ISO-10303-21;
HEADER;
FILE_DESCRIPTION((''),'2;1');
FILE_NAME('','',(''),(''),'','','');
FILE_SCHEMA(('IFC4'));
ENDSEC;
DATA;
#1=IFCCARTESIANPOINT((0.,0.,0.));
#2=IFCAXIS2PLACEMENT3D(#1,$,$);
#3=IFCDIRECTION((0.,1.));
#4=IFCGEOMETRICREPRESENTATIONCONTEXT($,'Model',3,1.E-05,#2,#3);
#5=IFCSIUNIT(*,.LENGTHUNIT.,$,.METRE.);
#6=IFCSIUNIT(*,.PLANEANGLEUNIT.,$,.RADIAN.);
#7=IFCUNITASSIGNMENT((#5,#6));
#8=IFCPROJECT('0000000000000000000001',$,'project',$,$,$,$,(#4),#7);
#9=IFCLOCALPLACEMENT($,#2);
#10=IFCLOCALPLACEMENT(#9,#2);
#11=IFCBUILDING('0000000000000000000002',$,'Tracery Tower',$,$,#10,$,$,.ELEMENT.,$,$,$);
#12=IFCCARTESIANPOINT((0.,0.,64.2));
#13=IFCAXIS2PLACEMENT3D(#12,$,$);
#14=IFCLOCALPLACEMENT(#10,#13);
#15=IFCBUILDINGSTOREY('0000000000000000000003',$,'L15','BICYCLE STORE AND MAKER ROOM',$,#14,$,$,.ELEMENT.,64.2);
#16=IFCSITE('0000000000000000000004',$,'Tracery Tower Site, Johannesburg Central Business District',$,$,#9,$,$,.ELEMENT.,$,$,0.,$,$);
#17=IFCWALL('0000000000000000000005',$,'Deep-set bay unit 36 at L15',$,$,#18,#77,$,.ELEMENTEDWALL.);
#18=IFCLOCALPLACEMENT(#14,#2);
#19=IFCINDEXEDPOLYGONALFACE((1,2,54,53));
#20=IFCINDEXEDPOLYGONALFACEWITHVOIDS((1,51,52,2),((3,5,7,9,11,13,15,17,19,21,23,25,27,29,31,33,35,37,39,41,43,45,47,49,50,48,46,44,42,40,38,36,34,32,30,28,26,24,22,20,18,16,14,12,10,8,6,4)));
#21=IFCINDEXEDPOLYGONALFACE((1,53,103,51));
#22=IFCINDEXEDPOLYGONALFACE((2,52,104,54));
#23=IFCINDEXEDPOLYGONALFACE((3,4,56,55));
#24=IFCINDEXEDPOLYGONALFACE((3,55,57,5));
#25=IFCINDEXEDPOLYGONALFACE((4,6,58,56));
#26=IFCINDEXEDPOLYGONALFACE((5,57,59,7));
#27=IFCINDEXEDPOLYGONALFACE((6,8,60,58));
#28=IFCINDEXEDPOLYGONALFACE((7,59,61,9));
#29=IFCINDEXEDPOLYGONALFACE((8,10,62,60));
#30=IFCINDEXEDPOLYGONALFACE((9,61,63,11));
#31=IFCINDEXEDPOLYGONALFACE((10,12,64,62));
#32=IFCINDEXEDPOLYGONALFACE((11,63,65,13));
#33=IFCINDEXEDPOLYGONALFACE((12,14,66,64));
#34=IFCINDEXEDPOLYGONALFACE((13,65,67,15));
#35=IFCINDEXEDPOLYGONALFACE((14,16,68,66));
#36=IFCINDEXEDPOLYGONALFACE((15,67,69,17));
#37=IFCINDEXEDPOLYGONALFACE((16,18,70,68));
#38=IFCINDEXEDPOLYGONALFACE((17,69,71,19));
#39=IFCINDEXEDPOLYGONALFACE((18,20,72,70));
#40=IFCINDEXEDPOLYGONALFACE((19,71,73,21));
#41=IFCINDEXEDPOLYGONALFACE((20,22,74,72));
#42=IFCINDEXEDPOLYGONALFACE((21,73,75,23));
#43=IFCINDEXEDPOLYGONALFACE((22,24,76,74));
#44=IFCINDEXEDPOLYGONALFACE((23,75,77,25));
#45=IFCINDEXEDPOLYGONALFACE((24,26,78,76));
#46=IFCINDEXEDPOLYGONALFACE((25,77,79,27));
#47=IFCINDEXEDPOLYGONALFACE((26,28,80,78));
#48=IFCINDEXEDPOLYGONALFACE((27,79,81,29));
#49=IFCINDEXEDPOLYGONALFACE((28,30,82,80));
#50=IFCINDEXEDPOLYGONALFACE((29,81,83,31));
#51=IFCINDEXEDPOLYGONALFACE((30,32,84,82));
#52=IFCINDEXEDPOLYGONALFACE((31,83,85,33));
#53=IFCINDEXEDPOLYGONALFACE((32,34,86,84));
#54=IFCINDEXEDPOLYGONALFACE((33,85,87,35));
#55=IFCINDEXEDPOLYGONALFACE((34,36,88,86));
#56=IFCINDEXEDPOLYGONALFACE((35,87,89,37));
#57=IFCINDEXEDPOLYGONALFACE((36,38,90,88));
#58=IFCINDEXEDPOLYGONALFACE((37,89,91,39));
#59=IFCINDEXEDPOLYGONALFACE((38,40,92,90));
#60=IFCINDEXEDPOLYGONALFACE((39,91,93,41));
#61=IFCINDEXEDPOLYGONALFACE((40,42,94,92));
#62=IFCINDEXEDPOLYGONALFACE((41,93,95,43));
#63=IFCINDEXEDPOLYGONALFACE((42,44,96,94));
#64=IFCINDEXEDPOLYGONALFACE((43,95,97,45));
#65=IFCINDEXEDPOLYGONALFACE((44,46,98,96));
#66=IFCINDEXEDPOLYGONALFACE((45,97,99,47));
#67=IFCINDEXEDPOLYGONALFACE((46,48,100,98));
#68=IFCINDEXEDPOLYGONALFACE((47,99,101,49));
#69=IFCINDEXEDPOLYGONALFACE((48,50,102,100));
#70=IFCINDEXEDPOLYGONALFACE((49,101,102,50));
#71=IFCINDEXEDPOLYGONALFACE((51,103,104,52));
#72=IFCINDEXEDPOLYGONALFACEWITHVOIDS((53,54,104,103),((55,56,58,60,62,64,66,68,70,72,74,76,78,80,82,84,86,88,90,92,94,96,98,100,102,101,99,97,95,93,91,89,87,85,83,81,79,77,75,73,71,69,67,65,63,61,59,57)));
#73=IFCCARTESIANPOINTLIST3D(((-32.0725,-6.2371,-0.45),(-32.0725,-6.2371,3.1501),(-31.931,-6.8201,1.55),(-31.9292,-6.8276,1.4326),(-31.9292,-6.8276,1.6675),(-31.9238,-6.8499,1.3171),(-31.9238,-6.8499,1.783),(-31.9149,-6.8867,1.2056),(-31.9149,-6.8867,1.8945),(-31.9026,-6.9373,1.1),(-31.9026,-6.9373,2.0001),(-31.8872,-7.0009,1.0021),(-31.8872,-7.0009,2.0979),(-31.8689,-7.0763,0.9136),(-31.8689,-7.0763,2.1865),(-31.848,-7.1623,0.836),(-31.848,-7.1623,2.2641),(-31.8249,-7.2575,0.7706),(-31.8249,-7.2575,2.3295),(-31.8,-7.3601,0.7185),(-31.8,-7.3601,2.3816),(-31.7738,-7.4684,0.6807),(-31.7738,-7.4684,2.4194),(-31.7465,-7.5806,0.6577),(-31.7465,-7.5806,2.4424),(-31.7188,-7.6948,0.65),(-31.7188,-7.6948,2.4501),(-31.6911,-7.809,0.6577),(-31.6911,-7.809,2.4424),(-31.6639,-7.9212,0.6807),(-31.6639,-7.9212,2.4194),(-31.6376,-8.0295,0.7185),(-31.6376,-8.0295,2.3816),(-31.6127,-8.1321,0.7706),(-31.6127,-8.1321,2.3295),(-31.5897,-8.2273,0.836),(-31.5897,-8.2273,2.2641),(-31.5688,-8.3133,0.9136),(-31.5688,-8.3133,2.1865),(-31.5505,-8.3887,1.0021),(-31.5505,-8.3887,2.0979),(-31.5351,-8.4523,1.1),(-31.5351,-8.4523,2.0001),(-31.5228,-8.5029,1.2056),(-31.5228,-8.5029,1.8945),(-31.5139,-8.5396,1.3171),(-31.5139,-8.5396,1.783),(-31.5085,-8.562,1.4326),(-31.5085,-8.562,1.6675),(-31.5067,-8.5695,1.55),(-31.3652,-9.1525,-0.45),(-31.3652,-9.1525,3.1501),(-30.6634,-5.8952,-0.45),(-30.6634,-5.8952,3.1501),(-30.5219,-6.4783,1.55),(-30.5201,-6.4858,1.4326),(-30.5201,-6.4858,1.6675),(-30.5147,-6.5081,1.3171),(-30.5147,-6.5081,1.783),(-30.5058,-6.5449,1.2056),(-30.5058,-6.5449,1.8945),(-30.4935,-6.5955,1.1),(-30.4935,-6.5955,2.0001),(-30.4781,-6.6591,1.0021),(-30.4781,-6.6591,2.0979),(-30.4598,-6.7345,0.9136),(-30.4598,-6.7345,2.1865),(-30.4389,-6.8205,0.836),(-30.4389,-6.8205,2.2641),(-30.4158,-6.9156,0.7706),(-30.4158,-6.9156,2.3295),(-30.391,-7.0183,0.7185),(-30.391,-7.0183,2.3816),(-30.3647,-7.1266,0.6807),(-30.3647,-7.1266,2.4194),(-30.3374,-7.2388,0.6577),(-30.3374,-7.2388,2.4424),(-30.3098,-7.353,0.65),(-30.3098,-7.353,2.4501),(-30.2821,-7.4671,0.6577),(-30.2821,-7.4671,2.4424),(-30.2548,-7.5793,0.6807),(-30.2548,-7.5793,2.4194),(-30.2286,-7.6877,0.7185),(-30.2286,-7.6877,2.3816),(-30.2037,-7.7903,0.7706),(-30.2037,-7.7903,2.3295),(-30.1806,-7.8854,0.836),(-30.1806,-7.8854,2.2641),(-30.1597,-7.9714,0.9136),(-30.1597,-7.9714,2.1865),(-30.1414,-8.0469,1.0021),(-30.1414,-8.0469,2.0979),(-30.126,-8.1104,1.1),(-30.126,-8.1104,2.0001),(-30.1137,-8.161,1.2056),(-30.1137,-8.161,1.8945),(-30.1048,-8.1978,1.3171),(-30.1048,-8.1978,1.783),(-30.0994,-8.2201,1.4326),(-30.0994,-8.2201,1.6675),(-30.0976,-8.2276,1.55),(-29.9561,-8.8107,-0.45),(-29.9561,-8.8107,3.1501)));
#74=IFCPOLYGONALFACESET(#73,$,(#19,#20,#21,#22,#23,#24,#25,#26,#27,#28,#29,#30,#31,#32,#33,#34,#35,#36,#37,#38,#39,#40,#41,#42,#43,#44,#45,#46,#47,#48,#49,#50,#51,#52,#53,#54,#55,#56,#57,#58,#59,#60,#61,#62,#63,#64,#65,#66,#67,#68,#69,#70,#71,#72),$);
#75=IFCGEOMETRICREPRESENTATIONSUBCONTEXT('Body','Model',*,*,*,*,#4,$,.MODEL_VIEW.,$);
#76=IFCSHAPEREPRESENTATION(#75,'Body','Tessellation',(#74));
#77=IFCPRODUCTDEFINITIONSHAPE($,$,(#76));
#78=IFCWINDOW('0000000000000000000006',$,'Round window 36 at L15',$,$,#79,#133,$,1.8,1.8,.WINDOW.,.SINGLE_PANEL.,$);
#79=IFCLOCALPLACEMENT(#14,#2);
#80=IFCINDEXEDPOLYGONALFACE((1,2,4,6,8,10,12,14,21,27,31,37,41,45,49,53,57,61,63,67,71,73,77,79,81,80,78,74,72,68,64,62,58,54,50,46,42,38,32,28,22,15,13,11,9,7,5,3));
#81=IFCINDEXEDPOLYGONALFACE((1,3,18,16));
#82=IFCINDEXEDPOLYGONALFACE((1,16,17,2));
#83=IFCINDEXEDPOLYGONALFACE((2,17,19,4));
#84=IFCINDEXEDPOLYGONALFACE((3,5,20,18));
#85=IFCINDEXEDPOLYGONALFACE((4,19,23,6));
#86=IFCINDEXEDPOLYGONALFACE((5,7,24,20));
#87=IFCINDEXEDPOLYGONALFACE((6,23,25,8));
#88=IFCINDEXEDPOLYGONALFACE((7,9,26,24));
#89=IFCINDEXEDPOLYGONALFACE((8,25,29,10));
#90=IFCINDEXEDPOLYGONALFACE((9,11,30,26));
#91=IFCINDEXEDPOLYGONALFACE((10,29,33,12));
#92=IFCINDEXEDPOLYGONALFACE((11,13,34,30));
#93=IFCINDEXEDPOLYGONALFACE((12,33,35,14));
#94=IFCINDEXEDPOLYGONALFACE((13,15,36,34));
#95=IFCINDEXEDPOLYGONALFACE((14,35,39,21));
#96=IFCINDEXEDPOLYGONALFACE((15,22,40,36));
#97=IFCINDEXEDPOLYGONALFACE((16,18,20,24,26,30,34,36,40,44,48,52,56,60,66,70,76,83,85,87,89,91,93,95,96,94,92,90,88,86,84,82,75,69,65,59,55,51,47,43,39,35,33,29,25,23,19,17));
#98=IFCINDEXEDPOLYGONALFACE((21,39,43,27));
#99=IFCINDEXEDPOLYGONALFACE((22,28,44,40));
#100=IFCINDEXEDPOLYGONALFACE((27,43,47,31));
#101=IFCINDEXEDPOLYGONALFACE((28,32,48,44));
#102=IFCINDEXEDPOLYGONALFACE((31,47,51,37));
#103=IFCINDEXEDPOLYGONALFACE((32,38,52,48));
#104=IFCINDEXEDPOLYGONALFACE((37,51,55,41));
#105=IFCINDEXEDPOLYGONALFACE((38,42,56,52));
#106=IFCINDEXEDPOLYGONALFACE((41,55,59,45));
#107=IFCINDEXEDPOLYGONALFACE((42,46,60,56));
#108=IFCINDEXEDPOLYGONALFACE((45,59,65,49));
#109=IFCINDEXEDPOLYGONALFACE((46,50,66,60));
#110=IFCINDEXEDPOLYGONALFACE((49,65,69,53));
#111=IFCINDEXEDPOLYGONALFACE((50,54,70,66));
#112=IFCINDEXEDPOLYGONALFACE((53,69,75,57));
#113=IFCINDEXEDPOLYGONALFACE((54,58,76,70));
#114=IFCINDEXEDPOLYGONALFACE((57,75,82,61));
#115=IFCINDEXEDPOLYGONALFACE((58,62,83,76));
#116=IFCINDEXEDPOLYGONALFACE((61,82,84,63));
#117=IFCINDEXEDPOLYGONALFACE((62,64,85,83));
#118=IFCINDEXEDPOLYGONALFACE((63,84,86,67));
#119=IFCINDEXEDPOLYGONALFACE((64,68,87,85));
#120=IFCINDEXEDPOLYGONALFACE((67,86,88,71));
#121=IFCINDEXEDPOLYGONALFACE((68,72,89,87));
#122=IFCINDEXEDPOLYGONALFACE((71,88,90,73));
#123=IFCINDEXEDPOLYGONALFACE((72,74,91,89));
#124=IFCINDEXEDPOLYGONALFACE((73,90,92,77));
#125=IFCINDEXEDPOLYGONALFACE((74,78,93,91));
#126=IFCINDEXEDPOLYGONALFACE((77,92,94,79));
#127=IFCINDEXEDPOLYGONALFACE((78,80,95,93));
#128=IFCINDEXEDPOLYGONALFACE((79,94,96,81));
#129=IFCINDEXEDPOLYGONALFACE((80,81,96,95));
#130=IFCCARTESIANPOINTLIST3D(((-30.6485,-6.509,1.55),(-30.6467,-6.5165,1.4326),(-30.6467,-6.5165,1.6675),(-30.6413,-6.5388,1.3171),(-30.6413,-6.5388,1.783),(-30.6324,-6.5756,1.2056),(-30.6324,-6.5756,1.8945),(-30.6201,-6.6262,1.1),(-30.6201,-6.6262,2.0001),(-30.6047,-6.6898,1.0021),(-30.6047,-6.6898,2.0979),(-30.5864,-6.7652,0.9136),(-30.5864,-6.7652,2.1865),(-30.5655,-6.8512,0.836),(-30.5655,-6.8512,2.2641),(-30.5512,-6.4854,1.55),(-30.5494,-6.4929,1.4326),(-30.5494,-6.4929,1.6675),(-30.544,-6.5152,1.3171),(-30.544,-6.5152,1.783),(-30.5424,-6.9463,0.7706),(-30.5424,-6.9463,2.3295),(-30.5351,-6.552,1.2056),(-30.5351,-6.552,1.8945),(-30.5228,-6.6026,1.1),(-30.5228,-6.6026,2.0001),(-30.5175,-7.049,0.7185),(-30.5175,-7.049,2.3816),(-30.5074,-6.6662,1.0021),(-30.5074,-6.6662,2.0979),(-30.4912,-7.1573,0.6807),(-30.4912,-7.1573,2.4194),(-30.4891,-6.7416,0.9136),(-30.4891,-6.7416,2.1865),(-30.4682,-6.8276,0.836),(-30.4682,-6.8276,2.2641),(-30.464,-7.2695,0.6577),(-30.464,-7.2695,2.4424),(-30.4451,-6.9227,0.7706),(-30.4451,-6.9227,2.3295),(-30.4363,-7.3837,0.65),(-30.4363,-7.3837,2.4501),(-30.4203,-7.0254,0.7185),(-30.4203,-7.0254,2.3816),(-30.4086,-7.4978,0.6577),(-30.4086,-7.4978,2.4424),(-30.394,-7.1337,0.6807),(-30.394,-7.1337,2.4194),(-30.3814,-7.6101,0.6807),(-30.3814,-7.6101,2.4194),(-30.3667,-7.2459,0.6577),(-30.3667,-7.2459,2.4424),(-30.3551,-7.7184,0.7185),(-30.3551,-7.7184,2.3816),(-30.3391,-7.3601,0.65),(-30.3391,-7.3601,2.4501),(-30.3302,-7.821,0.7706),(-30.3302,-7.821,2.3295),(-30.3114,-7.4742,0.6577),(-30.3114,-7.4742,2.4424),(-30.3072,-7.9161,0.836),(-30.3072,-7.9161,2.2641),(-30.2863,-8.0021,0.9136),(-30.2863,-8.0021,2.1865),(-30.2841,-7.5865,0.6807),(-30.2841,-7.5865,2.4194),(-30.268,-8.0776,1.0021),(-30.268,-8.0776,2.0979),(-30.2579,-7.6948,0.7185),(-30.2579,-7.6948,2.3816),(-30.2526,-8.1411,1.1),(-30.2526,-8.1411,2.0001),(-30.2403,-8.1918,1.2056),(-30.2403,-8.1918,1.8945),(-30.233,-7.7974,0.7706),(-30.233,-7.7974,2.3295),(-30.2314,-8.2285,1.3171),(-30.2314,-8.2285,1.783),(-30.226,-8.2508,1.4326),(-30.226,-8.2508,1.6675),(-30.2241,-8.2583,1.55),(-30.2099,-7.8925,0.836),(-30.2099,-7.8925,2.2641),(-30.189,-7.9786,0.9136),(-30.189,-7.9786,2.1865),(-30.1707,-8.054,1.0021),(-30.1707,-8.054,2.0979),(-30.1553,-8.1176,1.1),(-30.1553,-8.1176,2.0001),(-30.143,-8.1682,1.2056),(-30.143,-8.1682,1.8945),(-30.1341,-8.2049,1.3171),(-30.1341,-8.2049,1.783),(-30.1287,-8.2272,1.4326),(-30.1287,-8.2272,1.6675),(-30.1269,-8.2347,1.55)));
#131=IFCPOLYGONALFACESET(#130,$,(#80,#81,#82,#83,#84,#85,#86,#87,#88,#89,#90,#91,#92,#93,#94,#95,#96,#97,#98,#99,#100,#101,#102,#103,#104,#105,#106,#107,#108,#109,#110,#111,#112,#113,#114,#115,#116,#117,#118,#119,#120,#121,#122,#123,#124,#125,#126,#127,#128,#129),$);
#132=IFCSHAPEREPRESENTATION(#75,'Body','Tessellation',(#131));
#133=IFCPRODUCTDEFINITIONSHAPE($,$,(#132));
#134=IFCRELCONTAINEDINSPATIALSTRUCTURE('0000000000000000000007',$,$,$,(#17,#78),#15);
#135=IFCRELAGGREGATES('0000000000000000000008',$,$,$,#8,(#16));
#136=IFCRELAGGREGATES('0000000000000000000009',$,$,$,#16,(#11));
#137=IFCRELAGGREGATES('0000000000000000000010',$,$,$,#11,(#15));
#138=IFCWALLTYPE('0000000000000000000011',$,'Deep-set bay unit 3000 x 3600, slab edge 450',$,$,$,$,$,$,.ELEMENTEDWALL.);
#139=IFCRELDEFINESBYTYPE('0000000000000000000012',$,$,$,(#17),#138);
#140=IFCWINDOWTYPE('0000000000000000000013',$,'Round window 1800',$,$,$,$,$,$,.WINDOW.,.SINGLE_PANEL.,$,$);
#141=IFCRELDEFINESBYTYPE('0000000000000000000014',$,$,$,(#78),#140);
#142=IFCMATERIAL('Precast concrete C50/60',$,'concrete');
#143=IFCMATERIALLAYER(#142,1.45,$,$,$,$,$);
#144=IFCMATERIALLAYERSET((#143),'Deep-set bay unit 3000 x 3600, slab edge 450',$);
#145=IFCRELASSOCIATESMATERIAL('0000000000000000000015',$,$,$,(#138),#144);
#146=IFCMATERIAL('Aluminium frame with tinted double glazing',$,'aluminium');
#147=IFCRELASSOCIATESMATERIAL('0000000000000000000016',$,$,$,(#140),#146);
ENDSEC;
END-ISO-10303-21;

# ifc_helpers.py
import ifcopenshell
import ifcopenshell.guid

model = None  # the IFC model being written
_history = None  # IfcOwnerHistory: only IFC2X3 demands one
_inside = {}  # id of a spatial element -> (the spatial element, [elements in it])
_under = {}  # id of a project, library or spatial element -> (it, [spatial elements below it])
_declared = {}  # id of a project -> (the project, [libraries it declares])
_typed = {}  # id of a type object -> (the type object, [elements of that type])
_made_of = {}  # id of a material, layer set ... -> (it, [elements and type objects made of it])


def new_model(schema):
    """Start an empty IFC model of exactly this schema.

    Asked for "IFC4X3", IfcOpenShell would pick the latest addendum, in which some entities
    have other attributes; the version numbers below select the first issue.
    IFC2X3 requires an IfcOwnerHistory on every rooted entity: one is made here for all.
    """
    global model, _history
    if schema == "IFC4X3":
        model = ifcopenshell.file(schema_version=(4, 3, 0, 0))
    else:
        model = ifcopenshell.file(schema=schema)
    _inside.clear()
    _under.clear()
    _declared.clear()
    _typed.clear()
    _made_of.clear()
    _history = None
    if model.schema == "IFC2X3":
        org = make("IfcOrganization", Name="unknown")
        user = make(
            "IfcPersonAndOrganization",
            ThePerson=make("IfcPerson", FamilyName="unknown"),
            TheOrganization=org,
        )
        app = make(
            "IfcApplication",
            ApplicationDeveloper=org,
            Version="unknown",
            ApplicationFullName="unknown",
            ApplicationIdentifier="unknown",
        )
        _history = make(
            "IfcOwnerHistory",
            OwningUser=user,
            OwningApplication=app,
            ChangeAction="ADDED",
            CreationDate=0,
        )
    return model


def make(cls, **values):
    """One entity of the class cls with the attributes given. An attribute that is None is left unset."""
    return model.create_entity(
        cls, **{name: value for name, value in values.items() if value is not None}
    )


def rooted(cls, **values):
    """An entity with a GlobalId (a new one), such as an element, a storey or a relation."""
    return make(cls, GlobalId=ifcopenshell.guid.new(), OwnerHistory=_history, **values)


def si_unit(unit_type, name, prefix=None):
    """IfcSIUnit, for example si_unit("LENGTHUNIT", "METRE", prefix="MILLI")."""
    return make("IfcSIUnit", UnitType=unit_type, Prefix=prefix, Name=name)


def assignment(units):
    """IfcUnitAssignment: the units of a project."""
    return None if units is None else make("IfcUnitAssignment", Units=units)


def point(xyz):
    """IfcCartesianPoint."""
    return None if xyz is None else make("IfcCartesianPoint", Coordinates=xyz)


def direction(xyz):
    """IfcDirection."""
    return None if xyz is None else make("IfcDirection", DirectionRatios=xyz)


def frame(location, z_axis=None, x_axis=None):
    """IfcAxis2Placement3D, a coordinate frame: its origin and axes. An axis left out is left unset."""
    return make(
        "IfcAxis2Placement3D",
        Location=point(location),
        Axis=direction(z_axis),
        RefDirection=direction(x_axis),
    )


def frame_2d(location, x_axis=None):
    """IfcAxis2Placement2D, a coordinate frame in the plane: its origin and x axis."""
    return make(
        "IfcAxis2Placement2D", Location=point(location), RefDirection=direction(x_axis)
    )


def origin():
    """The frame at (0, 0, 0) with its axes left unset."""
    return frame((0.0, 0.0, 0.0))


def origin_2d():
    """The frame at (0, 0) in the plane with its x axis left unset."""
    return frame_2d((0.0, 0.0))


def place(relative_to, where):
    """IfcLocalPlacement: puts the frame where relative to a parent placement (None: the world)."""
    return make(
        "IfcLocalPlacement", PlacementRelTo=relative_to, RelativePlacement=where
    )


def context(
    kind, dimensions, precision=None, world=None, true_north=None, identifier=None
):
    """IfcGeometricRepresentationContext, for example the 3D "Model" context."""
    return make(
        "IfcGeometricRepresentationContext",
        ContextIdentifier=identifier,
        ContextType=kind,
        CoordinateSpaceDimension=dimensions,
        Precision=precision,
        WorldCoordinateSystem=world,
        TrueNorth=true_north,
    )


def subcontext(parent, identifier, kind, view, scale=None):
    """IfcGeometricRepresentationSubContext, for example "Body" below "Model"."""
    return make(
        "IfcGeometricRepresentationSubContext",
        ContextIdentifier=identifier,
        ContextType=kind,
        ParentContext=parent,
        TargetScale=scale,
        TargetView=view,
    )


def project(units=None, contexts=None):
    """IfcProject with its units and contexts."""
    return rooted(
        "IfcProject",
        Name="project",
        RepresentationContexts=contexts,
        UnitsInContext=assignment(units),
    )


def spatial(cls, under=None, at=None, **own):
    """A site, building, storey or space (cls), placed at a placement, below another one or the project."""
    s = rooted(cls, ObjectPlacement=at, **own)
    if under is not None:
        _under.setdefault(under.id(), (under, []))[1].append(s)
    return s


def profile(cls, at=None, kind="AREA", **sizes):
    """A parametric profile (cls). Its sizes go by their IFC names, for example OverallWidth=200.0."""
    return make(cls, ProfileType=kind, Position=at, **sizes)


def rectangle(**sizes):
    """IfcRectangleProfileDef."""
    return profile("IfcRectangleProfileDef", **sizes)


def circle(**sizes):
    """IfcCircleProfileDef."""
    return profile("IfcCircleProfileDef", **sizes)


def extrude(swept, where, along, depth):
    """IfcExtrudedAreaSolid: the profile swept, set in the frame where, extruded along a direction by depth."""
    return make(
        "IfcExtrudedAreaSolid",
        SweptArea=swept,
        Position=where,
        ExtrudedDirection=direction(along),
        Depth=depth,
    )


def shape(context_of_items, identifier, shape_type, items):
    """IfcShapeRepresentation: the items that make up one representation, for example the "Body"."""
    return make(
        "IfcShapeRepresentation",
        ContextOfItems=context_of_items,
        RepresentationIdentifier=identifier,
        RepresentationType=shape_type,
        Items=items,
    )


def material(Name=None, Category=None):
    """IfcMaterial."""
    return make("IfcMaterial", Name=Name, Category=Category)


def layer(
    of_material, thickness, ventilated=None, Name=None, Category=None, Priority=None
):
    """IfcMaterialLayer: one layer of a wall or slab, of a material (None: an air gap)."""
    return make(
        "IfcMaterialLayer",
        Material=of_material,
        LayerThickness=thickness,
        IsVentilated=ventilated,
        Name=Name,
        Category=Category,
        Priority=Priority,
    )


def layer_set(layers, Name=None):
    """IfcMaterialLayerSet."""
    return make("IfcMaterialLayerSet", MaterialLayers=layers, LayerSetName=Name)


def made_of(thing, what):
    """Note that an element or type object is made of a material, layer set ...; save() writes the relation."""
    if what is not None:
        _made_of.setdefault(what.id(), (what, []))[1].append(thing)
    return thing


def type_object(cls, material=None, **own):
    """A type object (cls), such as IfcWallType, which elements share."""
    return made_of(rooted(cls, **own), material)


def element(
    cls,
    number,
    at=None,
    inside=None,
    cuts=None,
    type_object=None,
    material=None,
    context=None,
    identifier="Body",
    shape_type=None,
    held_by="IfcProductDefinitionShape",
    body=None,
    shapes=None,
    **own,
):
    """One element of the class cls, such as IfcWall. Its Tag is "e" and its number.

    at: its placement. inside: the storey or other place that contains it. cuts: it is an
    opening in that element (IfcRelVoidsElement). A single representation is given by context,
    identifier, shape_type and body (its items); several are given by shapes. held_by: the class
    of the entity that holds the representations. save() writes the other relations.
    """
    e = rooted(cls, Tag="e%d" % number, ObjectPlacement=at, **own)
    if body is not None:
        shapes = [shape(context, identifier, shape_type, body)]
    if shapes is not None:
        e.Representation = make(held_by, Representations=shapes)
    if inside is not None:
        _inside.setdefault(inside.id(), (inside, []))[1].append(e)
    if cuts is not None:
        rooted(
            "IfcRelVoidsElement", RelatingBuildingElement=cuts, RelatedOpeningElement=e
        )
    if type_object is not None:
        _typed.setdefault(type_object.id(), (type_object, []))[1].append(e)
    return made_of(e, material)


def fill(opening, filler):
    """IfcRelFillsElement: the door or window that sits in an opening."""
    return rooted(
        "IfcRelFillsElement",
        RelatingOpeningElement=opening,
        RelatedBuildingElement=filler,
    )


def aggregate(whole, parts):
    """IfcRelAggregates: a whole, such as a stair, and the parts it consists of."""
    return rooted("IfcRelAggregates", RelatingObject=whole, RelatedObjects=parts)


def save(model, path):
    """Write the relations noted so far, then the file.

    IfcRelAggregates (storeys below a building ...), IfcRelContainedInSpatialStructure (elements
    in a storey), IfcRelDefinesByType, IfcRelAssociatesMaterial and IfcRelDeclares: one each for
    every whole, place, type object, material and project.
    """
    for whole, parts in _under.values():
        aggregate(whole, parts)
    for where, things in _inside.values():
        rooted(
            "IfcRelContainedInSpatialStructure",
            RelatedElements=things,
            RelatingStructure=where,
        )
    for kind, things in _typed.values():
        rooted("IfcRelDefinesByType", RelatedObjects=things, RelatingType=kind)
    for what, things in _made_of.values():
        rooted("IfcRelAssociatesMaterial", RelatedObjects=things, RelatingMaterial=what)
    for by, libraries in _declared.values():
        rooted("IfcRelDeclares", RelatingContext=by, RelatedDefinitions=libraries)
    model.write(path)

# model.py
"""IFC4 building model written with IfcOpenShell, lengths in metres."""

from ifc_helpers import new_model, si_unit, direction, frame, frame_2d, origin, origin_2d, place, context, subcontext, project, spatial, rectangle, circle, extrude, material, layer, layer_set, type_object, element, fill, save


model = new_model("IFC4")

# Units and contexts
model_context = context("Model", 3, precision=1e-05, world=origin(), true_north=direction((0.0, 1.0)))
body_context = subcontext(model_context, "Body", "Model", "MODEL_VIEW")
ifc_project = project(units=[si_unit("LENGTHUNIT", "METRE"), si_unit("PLANEANGLEUNIT", "RADIAN")], contexts=[model_context])

# Site, building, storey
site_placement = place(None, origin())
site = spatial("IfcSite", under=ifc_project, at=site_placement, Name="Tracery Tower Site, Johannesburg Central Business District", CompositionType="ELEMENT", RefElevation=0.0)
building_placement = place(site_placement, origin())
building = spatial("IfcBuilding", under=site, at=building_placement, Name="Tracery Tower", CompositionType="ELEMENT")
storey_placement = place(building_placement, frame((0.0, 0.0, 64.2)))
storey = spatial("IfcBuildingStorey", under=building, at=storey_placement, Name="L15", Description="BICYCLE STORE AND MAKER ROOM", CompositionType="ELEMENT", Elevation=64.2)

# Wall, opening, window
ifc_material_1 = material(Name="Precast concrete C50/60", Category="concrete")
ifc_layer_1 = layer(ifc_material_1, 1.45)
ifc_layer_set_1 = layer_set([ifc_layer_1], Name="Deep-set bay unit 3000 x 3600, slab edge 450")
wall_type_1 = type_object("IfcWallType", Name="Deep-set bay unit 3000 x 3600, slab edge 450", PredefinedType="ELEMENTEDWALL", material=ifc_layer_set_1)
wall_1_placement = place(storey_placement, frame((-31.3679, -6.0662, -0.45), z_axis=(0.0, 0.0, 1.0), x_axis=(0.235751, -0.971813, 0.0)))
wall_1 = element("IfcWall", 1, at=wall_1_placement, inside=storey, type_object=wall_type_1, Name="Deep-set bay unit 36 at L15", PredefinedType="ELEMENTEDWALL", context=body_context, shape_type="SweptSolid", body=[
    extrude(rectangle(XDim=3.0, YDim=1.45, at=frame_2d((1.5, 0.0))), origin(), (0.0, 0.0, 1.0), 3.6001),
])
opening_1_placement = place(wall_1_placement, frame((1.5, 0.0, 2.0)))
opening_1 = element("IfcOpeningElement", 2, at=opening_1_placement, cuts=wall_1, PredefinedType="OPENING", context=body_context, shape_type="SweptSolid", body=[
    extrude(circle(Radius=0.9, at=origin_2d()), frame((0.0, 0.7349, 0.0), z_axis=(0.0, -1.0, 0.0), x_axis=(1.0, 0.0, 0.0)), (0.0, 0.0, 1.0), 1.47),
])
ifc_material_2 = material(Name="Aluminium frame with tinted double glazing", Category="aluminium")
window_type = type_object("IfcWindowType", Name="Round window 1800", PartitioningType="SINGLE_PANEL", PredefinedType="WINDOW", material=ifc_material_2)
window_1_placement = place(opening_1_placement, origin())
window_1 = element("IfcWindow", 3, at=window_1_placement, inside=storey, type_object=window_type, Name="Round window 36 at L15", OverallHeight=1.8, OverallWidth=1.8, PartitioningType="SINGLE_PANEL", PredefinedType="WINDOW", context=body_context, shape_type="SweptSolid", body=[
    extrude(circle(Radius=0.9, at=origin_2d()), frame((0.0, 0.6948, 0.0), z_axis=(0.0, -1.0, 0.0), x_axis=(1.0, 0.0, 0.0)), (0.0, 0.0, 1.0), 0.1001),
])
fill(opening_1, window_1)

save(model, "model.ifc")
